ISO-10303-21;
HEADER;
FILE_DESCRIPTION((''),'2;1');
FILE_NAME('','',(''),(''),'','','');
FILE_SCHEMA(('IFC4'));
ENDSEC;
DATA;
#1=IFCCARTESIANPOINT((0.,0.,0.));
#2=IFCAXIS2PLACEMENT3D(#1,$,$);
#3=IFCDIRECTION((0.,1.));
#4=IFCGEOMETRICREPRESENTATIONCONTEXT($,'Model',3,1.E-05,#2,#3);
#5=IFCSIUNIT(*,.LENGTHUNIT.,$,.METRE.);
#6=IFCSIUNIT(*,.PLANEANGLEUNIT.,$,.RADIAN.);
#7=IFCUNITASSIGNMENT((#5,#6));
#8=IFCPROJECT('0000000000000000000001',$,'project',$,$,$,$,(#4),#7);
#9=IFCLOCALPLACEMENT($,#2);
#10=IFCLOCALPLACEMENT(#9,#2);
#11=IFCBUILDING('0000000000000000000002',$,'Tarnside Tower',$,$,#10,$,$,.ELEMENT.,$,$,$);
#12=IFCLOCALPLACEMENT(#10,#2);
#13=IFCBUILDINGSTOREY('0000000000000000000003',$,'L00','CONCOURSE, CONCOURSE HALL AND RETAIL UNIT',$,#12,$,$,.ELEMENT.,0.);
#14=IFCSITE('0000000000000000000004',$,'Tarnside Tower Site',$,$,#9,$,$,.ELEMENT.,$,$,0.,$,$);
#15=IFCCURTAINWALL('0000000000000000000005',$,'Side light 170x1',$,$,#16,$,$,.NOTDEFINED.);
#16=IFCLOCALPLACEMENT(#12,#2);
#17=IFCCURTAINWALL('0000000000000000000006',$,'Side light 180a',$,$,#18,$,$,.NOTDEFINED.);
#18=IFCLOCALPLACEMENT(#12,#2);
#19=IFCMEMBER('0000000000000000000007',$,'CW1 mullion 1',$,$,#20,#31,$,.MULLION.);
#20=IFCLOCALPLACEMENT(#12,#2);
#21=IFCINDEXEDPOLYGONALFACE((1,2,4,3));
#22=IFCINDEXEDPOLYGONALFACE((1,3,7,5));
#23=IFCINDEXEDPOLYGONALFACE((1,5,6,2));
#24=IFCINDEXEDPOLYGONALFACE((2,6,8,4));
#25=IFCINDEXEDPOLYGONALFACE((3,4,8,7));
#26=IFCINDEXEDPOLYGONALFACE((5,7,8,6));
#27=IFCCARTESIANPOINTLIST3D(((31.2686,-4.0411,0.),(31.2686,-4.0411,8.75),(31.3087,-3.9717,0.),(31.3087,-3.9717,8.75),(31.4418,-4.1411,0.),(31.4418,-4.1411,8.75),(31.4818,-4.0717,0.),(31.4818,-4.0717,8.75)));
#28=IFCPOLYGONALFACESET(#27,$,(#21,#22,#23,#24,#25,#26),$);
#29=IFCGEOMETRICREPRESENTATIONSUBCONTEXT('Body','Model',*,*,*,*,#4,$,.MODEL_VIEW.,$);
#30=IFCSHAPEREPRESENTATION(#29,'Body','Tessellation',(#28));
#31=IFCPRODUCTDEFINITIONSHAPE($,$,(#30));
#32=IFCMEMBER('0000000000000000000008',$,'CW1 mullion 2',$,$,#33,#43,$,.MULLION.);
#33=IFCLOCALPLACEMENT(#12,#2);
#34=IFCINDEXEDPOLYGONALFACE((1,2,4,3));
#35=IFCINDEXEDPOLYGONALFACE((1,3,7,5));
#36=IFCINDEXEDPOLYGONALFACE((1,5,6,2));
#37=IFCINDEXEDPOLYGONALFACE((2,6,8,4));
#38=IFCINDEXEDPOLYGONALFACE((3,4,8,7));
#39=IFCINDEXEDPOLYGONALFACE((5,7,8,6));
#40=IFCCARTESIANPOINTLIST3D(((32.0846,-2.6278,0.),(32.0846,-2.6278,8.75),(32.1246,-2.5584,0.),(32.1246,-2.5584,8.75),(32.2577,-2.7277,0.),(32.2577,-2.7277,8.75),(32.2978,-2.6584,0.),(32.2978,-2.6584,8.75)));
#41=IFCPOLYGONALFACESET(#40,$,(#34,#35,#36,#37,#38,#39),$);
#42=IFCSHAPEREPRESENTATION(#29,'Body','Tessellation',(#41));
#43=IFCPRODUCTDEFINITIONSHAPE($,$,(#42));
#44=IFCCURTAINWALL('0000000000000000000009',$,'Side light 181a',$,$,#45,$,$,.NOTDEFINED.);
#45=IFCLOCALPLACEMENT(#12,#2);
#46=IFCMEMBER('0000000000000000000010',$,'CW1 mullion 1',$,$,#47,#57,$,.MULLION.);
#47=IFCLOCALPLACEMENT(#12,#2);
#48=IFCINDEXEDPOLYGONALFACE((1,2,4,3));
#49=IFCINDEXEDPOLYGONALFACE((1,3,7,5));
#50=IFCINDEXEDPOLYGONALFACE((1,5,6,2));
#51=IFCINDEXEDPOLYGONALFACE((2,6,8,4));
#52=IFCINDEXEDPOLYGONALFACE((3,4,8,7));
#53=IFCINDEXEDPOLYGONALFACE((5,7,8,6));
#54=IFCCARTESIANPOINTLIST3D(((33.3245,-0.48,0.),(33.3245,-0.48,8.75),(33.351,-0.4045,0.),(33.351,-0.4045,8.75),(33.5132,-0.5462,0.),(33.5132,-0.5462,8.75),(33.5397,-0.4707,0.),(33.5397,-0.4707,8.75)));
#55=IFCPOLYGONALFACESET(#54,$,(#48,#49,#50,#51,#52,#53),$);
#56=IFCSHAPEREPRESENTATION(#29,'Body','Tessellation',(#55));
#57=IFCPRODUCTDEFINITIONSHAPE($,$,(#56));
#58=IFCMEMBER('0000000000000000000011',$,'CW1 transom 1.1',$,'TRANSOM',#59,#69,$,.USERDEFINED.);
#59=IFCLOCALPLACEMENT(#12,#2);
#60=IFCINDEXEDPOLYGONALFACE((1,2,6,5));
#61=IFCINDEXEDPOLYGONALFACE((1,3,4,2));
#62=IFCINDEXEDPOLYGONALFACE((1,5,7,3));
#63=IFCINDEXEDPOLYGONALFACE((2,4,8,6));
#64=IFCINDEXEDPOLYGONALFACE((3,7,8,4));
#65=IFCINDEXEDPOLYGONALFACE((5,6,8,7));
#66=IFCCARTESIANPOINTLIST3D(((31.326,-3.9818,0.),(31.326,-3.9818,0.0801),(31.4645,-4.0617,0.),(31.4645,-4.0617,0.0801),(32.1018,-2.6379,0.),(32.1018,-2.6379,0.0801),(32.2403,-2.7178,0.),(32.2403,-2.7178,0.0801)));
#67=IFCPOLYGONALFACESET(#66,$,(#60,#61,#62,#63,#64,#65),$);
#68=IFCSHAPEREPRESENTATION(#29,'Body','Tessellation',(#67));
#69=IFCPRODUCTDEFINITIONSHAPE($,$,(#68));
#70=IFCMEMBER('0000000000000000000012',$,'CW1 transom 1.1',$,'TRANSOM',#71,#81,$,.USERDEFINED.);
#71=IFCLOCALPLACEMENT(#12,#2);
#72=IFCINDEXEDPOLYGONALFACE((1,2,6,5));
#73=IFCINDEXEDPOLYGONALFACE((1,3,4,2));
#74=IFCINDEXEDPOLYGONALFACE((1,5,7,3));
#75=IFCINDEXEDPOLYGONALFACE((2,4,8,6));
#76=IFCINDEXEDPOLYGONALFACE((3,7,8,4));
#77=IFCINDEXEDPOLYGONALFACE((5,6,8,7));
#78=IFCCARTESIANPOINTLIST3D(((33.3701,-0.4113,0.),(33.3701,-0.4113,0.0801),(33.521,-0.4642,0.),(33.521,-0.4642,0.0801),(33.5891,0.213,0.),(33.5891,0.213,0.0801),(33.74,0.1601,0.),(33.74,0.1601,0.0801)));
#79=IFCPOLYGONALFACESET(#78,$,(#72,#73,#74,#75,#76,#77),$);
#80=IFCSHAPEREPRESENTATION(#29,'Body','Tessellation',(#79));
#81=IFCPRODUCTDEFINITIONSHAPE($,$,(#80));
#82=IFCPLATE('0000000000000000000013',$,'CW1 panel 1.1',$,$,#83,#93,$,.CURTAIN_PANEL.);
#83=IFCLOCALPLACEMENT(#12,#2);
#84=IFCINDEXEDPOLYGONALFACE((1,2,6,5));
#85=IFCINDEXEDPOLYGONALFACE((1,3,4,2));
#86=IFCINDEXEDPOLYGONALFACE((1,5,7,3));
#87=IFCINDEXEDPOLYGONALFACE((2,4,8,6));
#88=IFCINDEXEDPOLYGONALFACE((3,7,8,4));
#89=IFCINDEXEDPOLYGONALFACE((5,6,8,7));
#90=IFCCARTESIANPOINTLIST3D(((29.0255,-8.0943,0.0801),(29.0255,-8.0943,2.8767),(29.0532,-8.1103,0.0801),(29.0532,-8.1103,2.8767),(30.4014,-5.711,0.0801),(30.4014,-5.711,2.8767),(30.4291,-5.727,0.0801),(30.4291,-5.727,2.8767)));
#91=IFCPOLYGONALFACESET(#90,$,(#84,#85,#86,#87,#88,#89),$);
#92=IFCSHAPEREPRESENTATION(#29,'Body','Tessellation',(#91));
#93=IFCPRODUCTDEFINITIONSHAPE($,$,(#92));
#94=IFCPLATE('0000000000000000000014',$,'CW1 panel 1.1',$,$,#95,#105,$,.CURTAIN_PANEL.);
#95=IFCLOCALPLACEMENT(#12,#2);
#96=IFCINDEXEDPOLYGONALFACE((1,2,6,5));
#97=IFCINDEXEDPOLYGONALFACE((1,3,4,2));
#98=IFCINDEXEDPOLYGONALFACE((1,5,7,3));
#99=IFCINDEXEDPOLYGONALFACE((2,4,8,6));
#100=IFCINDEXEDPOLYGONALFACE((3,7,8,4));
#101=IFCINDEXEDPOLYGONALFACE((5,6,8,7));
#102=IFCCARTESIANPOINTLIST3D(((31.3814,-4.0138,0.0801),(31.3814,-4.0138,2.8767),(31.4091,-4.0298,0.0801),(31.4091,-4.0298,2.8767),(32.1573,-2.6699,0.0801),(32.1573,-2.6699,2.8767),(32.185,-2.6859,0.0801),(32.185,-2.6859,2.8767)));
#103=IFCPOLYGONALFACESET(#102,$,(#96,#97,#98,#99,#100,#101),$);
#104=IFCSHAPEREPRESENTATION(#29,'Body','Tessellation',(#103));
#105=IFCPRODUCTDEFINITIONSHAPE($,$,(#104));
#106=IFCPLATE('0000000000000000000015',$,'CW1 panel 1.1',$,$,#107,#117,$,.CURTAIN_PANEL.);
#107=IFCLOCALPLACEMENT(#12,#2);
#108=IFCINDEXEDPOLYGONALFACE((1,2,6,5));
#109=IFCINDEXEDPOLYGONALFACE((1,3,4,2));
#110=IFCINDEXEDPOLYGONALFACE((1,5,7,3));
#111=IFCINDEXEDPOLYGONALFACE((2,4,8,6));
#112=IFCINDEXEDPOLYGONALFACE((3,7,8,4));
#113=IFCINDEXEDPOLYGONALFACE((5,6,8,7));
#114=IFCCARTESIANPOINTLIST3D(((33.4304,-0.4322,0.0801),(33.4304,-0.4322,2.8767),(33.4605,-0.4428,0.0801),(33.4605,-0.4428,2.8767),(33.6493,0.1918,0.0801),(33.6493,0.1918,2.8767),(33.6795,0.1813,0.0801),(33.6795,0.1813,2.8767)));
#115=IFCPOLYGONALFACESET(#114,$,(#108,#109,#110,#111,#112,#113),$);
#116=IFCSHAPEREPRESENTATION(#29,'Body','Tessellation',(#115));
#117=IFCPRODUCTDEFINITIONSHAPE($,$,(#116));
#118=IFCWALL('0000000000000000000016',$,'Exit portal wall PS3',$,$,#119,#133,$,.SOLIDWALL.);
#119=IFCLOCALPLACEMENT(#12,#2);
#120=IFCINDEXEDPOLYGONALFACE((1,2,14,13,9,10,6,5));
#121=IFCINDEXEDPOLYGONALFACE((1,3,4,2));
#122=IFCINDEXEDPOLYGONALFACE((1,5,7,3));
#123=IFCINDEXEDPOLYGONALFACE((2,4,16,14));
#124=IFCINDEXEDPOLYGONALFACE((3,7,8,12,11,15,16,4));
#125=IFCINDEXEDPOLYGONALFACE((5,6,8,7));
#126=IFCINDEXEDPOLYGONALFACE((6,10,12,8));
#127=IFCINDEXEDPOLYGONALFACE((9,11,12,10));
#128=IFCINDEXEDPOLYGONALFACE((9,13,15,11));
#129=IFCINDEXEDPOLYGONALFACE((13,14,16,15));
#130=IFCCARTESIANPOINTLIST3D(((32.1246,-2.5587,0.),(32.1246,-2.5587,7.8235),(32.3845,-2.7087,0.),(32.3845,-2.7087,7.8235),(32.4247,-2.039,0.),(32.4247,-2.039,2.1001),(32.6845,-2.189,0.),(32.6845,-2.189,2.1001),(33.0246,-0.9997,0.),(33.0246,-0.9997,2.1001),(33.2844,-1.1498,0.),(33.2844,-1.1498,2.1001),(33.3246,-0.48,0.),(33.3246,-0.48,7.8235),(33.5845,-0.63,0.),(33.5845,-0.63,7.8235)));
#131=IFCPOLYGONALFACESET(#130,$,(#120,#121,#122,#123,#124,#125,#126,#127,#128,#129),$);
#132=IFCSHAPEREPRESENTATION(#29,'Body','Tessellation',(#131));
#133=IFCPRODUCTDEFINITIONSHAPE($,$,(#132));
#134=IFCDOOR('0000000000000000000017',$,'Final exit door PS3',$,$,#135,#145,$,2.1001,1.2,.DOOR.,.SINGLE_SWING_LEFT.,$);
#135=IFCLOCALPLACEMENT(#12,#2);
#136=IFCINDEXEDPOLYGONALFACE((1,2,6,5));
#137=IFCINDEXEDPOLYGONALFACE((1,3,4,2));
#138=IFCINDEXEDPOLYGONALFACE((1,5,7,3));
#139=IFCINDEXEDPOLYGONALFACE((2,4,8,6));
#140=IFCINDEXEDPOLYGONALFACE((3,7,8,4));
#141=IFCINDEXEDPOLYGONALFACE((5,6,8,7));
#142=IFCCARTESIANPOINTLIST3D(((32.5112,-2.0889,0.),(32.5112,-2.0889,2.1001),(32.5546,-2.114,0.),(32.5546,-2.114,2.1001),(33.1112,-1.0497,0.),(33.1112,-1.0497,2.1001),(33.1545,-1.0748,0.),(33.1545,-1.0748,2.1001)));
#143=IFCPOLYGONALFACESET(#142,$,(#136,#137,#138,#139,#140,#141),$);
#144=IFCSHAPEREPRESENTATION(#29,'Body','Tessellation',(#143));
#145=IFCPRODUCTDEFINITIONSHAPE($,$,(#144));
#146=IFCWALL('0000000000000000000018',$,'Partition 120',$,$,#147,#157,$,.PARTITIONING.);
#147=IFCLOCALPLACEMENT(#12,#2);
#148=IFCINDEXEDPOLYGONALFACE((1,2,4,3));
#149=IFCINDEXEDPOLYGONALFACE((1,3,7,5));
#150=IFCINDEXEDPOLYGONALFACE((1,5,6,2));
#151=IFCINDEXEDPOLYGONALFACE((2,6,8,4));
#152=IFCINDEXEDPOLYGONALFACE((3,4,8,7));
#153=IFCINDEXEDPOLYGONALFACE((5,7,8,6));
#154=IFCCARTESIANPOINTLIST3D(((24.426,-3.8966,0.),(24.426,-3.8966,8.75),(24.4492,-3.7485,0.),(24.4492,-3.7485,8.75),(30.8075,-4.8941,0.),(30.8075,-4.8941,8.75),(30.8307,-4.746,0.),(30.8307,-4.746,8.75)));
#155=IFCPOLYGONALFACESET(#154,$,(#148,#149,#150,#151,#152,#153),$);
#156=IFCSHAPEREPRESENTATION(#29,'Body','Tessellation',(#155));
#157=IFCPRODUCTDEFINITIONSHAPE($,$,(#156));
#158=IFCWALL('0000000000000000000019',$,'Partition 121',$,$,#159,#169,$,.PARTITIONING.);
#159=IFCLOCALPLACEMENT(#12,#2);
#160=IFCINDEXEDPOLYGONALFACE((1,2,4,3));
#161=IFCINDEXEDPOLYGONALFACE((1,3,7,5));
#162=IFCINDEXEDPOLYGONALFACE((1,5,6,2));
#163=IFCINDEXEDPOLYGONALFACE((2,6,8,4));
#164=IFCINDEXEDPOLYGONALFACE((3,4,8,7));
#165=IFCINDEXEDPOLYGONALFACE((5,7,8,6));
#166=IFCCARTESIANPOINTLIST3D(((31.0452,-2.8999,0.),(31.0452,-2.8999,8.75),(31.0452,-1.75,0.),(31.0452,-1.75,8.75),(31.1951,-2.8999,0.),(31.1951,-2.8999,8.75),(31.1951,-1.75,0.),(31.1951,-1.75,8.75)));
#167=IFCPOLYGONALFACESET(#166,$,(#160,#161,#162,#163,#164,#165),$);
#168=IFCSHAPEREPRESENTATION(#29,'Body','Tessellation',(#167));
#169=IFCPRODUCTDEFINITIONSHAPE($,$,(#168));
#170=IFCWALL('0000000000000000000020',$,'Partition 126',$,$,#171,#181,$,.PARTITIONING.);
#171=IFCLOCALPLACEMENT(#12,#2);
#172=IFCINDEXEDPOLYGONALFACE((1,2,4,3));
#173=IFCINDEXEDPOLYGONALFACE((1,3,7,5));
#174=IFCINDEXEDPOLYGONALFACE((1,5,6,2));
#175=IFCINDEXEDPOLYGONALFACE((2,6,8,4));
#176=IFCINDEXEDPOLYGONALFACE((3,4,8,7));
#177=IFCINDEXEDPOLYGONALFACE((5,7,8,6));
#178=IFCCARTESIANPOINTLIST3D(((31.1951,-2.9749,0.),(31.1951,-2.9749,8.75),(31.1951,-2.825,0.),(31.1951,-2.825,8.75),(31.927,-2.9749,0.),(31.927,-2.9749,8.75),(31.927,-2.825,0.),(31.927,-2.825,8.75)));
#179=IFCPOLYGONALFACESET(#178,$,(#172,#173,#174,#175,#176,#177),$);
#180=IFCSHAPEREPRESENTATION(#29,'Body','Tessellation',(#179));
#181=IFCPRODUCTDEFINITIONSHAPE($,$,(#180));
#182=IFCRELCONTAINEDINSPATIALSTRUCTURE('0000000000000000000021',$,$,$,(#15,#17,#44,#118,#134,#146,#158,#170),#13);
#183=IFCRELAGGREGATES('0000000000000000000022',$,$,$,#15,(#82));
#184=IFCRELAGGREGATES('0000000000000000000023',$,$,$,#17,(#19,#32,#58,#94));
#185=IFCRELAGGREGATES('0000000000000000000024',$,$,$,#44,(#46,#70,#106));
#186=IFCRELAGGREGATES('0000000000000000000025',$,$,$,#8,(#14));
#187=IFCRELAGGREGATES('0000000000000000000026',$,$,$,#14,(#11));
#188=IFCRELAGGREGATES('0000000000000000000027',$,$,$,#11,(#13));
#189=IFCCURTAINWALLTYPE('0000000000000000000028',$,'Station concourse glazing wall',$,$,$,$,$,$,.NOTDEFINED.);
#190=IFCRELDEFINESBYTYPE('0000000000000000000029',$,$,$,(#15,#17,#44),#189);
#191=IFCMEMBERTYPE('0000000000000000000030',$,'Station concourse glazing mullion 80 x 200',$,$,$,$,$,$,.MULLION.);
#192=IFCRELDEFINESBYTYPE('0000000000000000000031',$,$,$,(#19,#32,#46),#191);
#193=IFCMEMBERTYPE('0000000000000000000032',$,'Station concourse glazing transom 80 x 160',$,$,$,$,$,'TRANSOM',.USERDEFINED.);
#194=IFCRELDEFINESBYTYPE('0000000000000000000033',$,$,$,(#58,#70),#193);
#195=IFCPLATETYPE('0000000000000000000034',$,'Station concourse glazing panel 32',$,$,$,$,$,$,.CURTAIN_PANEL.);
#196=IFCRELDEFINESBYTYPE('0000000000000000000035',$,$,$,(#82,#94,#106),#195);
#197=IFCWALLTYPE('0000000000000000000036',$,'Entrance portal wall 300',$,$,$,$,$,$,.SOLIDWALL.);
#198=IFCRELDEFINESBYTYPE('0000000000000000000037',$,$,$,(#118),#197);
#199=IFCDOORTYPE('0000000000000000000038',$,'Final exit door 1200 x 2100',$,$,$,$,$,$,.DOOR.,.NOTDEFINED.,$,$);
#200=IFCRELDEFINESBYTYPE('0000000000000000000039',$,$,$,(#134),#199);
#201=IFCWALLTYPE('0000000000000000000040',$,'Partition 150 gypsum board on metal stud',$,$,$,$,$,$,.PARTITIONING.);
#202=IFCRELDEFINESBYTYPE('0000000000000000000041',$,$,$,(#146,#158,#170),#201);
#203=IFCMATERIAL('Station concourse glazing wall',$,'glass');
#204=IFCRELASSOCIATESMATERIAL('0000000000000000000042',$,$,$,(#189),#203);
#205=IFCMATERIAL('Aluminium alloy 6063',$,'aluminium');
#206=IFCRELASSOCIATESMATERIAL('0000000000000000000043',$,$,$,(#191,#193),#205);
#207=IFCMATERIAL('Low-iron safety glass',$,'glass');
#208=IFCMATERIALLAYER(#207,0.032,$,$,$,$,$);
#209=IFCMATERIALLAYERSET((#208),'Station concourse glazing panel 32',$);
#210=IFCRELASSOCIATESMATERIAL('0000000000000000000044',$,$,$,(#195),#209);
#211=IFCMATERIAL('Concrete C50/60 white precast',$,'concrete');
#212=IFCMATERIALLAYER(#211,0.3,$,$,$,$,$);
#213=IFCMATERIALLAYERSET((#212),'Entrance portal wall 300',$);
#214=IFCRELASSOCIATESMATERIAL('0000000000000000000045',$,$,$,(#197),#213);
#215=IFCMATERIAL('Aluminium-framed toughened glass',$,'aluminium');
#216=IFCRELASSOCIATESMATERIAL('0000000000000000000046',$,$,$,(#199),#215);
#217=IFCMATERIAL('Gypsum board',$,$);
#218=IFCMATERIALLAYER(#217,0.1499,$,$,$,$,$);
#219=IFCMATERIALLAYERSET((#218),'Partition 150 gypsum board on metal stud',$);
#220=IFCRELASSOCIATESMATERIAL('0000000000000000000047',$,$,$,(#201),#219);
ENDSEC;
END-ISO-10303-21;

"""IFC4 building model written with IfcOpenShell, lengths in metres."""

from ifc_helpers import new_model, si_unit, direction, frame, frame_2d, origin, origin_2d, place, context, subcontext, project, spatial, rectangle, extrude, material, layer, layer_set, material_profile, profile_set, type_object, element, fill, aggregate, save


model = new_model("IFC4")

# Units and contexts
model_context = context("Model", 3, precision=1e-05, world=origin(), true_north=direction((0.0, 1.0)))
body_context = subcontext(model_context, "Body", "Model", "MODEL_VIEW")
ifc_project = project(units=[si_unit("LENGTHUNIT", "METRE"), si_unit("PLANEANGLEUNIT", "RADIAN")], contexts=[model_context])

# Site, building, storey
site_placement = place(None, origin())
site = spatial("IfcSite", under=ifc_project, at=site_placement, Name="Tarnside Tower Site", CompositionType="ELEMENT", RefElevation=0.0)
building_placement = place(site_placement, origin())
building = spatial("IfcBuilding", under=site, at=building_placement, Name="Tarnside Tower", CompositionType="ELEMENT")
storey_placement = place(building_placement, origin())
storey = spatial("IfcBuildingStorey", under=building, at=storey_placement, Name="L00", Description="CONCOURSE, CONCOURSE HALL AND RETAIL UNIT", CompositionType="ELEMENT", Elevation=0.0)

# Curtain wall
ifc_material_1 = material(Name="Station concourse glazing wall", Category="glass")
curtain_wall_type = type_object("IfcCurtainWallType", Name="Station concourse glazing wall", PredefinedType="NOTDEFINED", material=ifc_material_1)
curtain_wall_1_placement = place(storey_placement, origin())
curtain_wall_1 = element("IfcCurtainWall", 1, at=curtain_wall_1_placement, inside=storey, type_object=curtain_wall_type, Name="Side light 170x1", PredefinedType="NOTDEFINED")
ifc_material_2 = material(Name="Aluminium alloy 6063", Category="aluminium")
ifc_material_profile_1 = material_profile(ifc_material_2, rectangle(XDim=0.2, YDim=0.0801, at=origin_2d()), Name="Station concourse glazing mullion 80 x 200")
ifc_profile_set_1 = profile_set([ifc_material_profile_1], Name="Aluminium alloy 6063")
member_type_1 = type_object("IfcMemberType", Name="Station concourse glazing mullion 80 x 200", PredefinedType="MULLION", material=ifc_profile_set_1)

# Curtain wall, members
curtain_wall_2_placement = place(storey_placement, origin())
curtain_wall_2 = element("IfcCurtainWall", 2, at=curtain_wall_2_placement, inside=storey, type_object=curtain_wall_type, Name="Side light 180a", PredefinedType="NOTDEFINED")
member_1_placement = place(storey_placement, frame((31.3752, -4.0564, 0.0), z_axis=(0.0, 0.0, 1.0), x_axis=(-0.866025, 0.5, 0.0)))
member_1 = element("IfcMember", 3, at=member_1_placement, type_object=member_type_1, Name="CW1 mullion 1", PredefinedType="MULLION", context=body_context, shape_type="SweptSolid", body=[
    extrude(rectangle(XDim=0.2, YDim=0.0801, at=origin_2d()), origin(), (0.0, 0.0, 1.0), 8.75),
])
member_2_placement = place(storey_placement, frame((32.1912, -2.6431, 0.0), z_axis=(0.0, 0.0, 1.0), x_axis=(-0.866025, 0.5, 0.0)))
member_2 = element("IfcMember", 4, at=member_2_placement, type_object=member_type_1, Name="CW1 mullion 2", PredefinedType="MULLION", context=body_context, shape_type="SweptSolid", body=[
    extrude(rectangle(XDim=0.2, YDim=0.0801, at=origin_2d()), origin(), (0.0, 0.0, 1.0), 8.75),
])

# Curtain wall, member
curtain_wall_3_placement = place(storey_placement, origin())
curtain_wall_3 = element("IfcCurtainWall", 5, at=curtain_wall_3_placement, inside=storey, type_object=curtain_wall_type, Name="Side light 181a", PredefinedType="NOTDEFINED")
member_3_placement = place(storey_placement, frame((33.4321, -0.4753, 0.0), z_axis=(0.0, 0.0, 1.0), x_axis=(-0.943609, 0.331063, 0.0)))
member_3 = element("IfcMember", 6, at=member_3_placement, type_object=member_type_1, Name="CW1 mullion 1", PredefinedType="MULLION", context=body_context, shape_type="SweptSolid", body=[
    extrude(rectangle(XDim=0.2, YDim=0.0801, at=origin_2d()), origin(), (0.0, 0.0, 1.0), 8.75),
])

# Members
ifc_material_profile_2 = material_profile(ifc_material_2, rectangle(XDim=0.1599, YDim=0.0801, at=origin_2d()), Name="Station concourse glazing transom 80 x 160")
ifc_profile_set_2 = profile_set([ifc_material_profile_2], Name="Aluminium alloy 6063")
member_type_2 = type_object("IfcMemberType", Name="Station concourse glazing transom 80 x 160", ElementType="TRANSOM", PredefinedType="USERDEFINED", material=ifc_profile_set_2)
member_4_placement = place(storey_placement, frame((31.3953, -4.0217, 0.04), z_axis=(0.499963, 0.866047, 0.0), x_axis=(-0.866047, 0.499963, 0.0)))
member_4 = element("IfcMember", 7, at=member_4_placement, type_object=member_type_2, Name="CW1 transom 1.1", ObjectType="TRANSOM", PredefinedType="USERDEFINED", context=body_context, shape_type="SweptSolid", body=[
    extrude(rectangle(XDim=0.1599, YDim=0.0801, at=origin_2d()), origin(), (0.0, 0.0, 1.0), 1.5518),
])
member_5_placement = place(storey_placement, frame((33.4456, -0.4377, 0.04), z_axis=(0.331024, 0.943622, 0.0), x_axis=(-0.943622, 0.331024, 0.0)))
member_5 = element("IfcMember", 8, at=member_5_placement, type_object=member_type_2, Name="CW1 transom 1.1", ObjectType="TRANSOM", PredefinedType="USERDEFINED", context=body_context, shape_type="SweptSolid", body=[
    extrude(rectangle(XDim=0.1599, YDim=0.0801, at=origin_2d()), origin(), (0.0, 0.0, 1.0), 0.6616),
])

# Plates
ifc_material_3 = material(Name="Low-iron safety glass", Category="glass")
ifc_layer_1 = layer(ifc_material_3, 0.032)
ifc_layer_set_1 = layer_set([ifc_layer_1], Name="Station concourse glazing panel 32")
plate_type = type_object("IfcPlateType", Name="Station concourse glazing panel 32", PredefinedType="CURTAIN_PANEL", material=ifc_layer_set_1)
plate_1_placement = place(storey_placement, frame((29.7273, -6.9106, 0.0801), z_axis=(0.0, 0.0, 1.0), x_axis=(0.5, 0.866025, 0.0)))
plate_1 = element("IfcPlate", 9, at=plate_1_placement, type_object=plate_type, Name="CW1 panel 1.1", PredefinedType="CURTAIN_PANEL", context=body_context, shape_type="SweptSolid", body=[
    extrude(rectangle(XDim=2.752, YDim=0.032, at=origin_2d()), origin(), (0.0, 0.0, 1.0), 2.7966),
])
aggregate(curtain_wall_1, [plate_1])
plate_2_placement = place(storey_placement, frame((31.7832, -3.3499, 0.0801), z_axis=(0.0, 0.0, 1.0), x_axis=(0.5, 0.866025, 0.0)))
plate_2 = element("IfcPlate", 10, at=plate_2_placement, type_object=plate_type, Name="CW1 panel 1.1", PredefinedType="CURTAIN_PANEL", context=body_context, shape_type="SweptSolid", body=[
    extrude(rectangle(XDim=1.5518, YDim=0.032, at=origin_2d()), origin(), (0.0, 0.0, 1.0), 2.7966),
])
aggregate(curtain_wall_2, [member_1, member_2, member_4, plate_2])
plate_3_placement = place(storey_placement, frame((33.5549, -0.1255, 0.0801), z_axis=(0.0, 0.0, 1.0), x_axis=(0.331063, 0.943609, 0.0)))
plate_3 = element("IfcPlate", 11, at=plate_3_placement, type_object=plate_type, Name="CW1 panel 1.1", PredefinedType="CURTAIN_PANEL", context=body_context, shape_type="SweptSolid", body=[
    extrude(rectangle(XDim=0.6614, YDim=0.032, at=origin_2d()), origin(), (0.0, 0.0, 1.0), 2.7966),
])
aggregate(curtain_wall_3, [member_3, member_5, plate_3])

# Wall, opening, door
ifc_material_4 = material(Name="Concrete C50/60 white precast", Category="concrete")
ifc_layer_2 = layer(ifc_material_4, 0.3)
ifc_layer_set_2 = layer_set([ifc_layer_2], Name="Entrance portal wall 300")
wall_type_1 = type_object("IfcWallType", Name="Entrance portal wall 300", PredefinedType="SOLIDWALL", material=ifc_layer_set_2)
wall_1_placement = place(storey_placement, frame((33.4546, -0.5549, 0.0), z_axis=(0.0, 0.0, 1.0), x_axis=(-0.499957, -0.86605, 0.0)))
wall_1 = element("IfcWall", 12, at=wall_1_placement, inside=storey, type_object=wall_type_1, Name="Exit portal wall PS3", PredefinedType="SOLIDWALL", context=body_context, shape_type="SweptSolid", body=[
    extrude(rectangle(XDim=2.4001, YDim=0.3, at=frame_2d((1.2002, 0.0))), origin(), (0.0, 0.0, 1.0), 7.8235),
])
opening_placement = place(wall_1_placement, frame((0.6001, 0.0, 0.0)))
opening = element("IfcOpeningElement", 13, at=opening_placement, cuts=wall_1, PredefinedType="OPENING", context=body_context, shape_type="SweptSolid", body=[
    extrude(rectangle(XDim=1.2, YDim=2.1001, at=frame_2d((0.6001, 1.05))), frame((0.0, 0.1602, 0.0), z_axis=(0.0, -1.0, 0.0), x_axis=(1.0, 0.0, 0.0)), (0.0, 0.0, 1.0), 0.3201),
])
ifc_material_5 = material(Name="Aluminium-framed toughened glass", Category="aluminium")
door_type = type_object("IfcDoorType", Name="Final exit door 1200 x 2100", OperationType="NOTDEFINED", PredefinedType="DOOR", material=ifc_material_5)
door_placement = place(opening_placement, frame((0.0, -0.0249, 0.0)))
door = element("IfcDoor", 14, at=door_placement, inside=storey, type_object=door_type, Name="Final exit door PS3", OperationType="SINGLE_SWING_LEFT", OverallHeight=2.1001, OverallWidth=1.2, PredefinedType="DOOR", context=body_context, shape_type="SweptSolid", body=[
    extrude(rectangle(XDim=1.2, YDim=2.1001, at=frame_2d((0.6001, 1.05))), frame((0.0, 0.0249, 0.0), z_axis=(0.0, -1.0, 0.0), x_axis=(1.0, 0.0, 0.0)), (0.0, 0.0, 1.0), 0.05),
])
fill(opening, door)

# Walls
ifc_material_6 = material(Name="Gypsum board")
ifc_layer_3 = layer(ifc_material_6, 0.1499)
ifc_layer_set_3 = layer_set([ifc_layer_3], Name="Partition 150 gypsum board on metal stud")
wall_type_2 = type_object("IfcWallType", Name="Partition 150 gypsum board on metal stud", PredefinedType="PARTITIONING", material=ifc_layer_set_3)
wall_2_placement = place(storey_placement, frame((30.8191, -4.8201, 0.0), z_axis=(0.0, 0.0, 1.0), x_axis=(-0.988002, 0.154443, 0.0)))
element("IfcWall", 15, at=wall_2_placement, inside=storey, type_object=wall_type_2, Name="Partition 120", PredefinedType="PARTITIONING", context=body_context, shape_type="SweptSolid", body=[
    extrude(rectangle(XDim=6.459, YDim=0.1499, at=frame_2d((3.2295, 0.0))), origin(), (0.0, 0.0, 1.0), 8.75),
])
wall_3_placement = place(storey_placement, frame((31.1201, -2.8999, 0.0), z_axis=(0.0, 0.0, 1.0), x_axis=(0.0, 1.0, 0.0)))
element("IfcWall", 16, at=wall_3_placement, inside=storey, type_object=wall_type_2, Name="Partition 121", PredefinedType="PARTITIONING", context=body_context, shape_type="SweptSolid", body=[
    extrude(rectangle(XDim=1.1499, YDim=0.1499, at=frame_2d((0.575, 0.0))), origin(), (0.0, 0.0, 1.0), 8.75),
])
wall_4_placement = place(storey_placement, frame((31.927, -2.8999, 0.0), z_axis=(0.0, 0.0, 1.0), x_axis=(-1.0, 0.0, 0.0)))
element("IfcWall", 17, at=wall_4_placement, inside=storey, type_object=wall_type_2, Name="Partition 126", PredefinedType="PARTITIONING", context=body_context, shape_type="SweptSolid", body=[
    extrude(rectangle(XDim=0.7319, YDim=0.1499, at=frame_2d((0.366, 0.0))), origin(), (0.0, 0.0, 1.0), 8.75),
])

save(model, "model.ifc")
